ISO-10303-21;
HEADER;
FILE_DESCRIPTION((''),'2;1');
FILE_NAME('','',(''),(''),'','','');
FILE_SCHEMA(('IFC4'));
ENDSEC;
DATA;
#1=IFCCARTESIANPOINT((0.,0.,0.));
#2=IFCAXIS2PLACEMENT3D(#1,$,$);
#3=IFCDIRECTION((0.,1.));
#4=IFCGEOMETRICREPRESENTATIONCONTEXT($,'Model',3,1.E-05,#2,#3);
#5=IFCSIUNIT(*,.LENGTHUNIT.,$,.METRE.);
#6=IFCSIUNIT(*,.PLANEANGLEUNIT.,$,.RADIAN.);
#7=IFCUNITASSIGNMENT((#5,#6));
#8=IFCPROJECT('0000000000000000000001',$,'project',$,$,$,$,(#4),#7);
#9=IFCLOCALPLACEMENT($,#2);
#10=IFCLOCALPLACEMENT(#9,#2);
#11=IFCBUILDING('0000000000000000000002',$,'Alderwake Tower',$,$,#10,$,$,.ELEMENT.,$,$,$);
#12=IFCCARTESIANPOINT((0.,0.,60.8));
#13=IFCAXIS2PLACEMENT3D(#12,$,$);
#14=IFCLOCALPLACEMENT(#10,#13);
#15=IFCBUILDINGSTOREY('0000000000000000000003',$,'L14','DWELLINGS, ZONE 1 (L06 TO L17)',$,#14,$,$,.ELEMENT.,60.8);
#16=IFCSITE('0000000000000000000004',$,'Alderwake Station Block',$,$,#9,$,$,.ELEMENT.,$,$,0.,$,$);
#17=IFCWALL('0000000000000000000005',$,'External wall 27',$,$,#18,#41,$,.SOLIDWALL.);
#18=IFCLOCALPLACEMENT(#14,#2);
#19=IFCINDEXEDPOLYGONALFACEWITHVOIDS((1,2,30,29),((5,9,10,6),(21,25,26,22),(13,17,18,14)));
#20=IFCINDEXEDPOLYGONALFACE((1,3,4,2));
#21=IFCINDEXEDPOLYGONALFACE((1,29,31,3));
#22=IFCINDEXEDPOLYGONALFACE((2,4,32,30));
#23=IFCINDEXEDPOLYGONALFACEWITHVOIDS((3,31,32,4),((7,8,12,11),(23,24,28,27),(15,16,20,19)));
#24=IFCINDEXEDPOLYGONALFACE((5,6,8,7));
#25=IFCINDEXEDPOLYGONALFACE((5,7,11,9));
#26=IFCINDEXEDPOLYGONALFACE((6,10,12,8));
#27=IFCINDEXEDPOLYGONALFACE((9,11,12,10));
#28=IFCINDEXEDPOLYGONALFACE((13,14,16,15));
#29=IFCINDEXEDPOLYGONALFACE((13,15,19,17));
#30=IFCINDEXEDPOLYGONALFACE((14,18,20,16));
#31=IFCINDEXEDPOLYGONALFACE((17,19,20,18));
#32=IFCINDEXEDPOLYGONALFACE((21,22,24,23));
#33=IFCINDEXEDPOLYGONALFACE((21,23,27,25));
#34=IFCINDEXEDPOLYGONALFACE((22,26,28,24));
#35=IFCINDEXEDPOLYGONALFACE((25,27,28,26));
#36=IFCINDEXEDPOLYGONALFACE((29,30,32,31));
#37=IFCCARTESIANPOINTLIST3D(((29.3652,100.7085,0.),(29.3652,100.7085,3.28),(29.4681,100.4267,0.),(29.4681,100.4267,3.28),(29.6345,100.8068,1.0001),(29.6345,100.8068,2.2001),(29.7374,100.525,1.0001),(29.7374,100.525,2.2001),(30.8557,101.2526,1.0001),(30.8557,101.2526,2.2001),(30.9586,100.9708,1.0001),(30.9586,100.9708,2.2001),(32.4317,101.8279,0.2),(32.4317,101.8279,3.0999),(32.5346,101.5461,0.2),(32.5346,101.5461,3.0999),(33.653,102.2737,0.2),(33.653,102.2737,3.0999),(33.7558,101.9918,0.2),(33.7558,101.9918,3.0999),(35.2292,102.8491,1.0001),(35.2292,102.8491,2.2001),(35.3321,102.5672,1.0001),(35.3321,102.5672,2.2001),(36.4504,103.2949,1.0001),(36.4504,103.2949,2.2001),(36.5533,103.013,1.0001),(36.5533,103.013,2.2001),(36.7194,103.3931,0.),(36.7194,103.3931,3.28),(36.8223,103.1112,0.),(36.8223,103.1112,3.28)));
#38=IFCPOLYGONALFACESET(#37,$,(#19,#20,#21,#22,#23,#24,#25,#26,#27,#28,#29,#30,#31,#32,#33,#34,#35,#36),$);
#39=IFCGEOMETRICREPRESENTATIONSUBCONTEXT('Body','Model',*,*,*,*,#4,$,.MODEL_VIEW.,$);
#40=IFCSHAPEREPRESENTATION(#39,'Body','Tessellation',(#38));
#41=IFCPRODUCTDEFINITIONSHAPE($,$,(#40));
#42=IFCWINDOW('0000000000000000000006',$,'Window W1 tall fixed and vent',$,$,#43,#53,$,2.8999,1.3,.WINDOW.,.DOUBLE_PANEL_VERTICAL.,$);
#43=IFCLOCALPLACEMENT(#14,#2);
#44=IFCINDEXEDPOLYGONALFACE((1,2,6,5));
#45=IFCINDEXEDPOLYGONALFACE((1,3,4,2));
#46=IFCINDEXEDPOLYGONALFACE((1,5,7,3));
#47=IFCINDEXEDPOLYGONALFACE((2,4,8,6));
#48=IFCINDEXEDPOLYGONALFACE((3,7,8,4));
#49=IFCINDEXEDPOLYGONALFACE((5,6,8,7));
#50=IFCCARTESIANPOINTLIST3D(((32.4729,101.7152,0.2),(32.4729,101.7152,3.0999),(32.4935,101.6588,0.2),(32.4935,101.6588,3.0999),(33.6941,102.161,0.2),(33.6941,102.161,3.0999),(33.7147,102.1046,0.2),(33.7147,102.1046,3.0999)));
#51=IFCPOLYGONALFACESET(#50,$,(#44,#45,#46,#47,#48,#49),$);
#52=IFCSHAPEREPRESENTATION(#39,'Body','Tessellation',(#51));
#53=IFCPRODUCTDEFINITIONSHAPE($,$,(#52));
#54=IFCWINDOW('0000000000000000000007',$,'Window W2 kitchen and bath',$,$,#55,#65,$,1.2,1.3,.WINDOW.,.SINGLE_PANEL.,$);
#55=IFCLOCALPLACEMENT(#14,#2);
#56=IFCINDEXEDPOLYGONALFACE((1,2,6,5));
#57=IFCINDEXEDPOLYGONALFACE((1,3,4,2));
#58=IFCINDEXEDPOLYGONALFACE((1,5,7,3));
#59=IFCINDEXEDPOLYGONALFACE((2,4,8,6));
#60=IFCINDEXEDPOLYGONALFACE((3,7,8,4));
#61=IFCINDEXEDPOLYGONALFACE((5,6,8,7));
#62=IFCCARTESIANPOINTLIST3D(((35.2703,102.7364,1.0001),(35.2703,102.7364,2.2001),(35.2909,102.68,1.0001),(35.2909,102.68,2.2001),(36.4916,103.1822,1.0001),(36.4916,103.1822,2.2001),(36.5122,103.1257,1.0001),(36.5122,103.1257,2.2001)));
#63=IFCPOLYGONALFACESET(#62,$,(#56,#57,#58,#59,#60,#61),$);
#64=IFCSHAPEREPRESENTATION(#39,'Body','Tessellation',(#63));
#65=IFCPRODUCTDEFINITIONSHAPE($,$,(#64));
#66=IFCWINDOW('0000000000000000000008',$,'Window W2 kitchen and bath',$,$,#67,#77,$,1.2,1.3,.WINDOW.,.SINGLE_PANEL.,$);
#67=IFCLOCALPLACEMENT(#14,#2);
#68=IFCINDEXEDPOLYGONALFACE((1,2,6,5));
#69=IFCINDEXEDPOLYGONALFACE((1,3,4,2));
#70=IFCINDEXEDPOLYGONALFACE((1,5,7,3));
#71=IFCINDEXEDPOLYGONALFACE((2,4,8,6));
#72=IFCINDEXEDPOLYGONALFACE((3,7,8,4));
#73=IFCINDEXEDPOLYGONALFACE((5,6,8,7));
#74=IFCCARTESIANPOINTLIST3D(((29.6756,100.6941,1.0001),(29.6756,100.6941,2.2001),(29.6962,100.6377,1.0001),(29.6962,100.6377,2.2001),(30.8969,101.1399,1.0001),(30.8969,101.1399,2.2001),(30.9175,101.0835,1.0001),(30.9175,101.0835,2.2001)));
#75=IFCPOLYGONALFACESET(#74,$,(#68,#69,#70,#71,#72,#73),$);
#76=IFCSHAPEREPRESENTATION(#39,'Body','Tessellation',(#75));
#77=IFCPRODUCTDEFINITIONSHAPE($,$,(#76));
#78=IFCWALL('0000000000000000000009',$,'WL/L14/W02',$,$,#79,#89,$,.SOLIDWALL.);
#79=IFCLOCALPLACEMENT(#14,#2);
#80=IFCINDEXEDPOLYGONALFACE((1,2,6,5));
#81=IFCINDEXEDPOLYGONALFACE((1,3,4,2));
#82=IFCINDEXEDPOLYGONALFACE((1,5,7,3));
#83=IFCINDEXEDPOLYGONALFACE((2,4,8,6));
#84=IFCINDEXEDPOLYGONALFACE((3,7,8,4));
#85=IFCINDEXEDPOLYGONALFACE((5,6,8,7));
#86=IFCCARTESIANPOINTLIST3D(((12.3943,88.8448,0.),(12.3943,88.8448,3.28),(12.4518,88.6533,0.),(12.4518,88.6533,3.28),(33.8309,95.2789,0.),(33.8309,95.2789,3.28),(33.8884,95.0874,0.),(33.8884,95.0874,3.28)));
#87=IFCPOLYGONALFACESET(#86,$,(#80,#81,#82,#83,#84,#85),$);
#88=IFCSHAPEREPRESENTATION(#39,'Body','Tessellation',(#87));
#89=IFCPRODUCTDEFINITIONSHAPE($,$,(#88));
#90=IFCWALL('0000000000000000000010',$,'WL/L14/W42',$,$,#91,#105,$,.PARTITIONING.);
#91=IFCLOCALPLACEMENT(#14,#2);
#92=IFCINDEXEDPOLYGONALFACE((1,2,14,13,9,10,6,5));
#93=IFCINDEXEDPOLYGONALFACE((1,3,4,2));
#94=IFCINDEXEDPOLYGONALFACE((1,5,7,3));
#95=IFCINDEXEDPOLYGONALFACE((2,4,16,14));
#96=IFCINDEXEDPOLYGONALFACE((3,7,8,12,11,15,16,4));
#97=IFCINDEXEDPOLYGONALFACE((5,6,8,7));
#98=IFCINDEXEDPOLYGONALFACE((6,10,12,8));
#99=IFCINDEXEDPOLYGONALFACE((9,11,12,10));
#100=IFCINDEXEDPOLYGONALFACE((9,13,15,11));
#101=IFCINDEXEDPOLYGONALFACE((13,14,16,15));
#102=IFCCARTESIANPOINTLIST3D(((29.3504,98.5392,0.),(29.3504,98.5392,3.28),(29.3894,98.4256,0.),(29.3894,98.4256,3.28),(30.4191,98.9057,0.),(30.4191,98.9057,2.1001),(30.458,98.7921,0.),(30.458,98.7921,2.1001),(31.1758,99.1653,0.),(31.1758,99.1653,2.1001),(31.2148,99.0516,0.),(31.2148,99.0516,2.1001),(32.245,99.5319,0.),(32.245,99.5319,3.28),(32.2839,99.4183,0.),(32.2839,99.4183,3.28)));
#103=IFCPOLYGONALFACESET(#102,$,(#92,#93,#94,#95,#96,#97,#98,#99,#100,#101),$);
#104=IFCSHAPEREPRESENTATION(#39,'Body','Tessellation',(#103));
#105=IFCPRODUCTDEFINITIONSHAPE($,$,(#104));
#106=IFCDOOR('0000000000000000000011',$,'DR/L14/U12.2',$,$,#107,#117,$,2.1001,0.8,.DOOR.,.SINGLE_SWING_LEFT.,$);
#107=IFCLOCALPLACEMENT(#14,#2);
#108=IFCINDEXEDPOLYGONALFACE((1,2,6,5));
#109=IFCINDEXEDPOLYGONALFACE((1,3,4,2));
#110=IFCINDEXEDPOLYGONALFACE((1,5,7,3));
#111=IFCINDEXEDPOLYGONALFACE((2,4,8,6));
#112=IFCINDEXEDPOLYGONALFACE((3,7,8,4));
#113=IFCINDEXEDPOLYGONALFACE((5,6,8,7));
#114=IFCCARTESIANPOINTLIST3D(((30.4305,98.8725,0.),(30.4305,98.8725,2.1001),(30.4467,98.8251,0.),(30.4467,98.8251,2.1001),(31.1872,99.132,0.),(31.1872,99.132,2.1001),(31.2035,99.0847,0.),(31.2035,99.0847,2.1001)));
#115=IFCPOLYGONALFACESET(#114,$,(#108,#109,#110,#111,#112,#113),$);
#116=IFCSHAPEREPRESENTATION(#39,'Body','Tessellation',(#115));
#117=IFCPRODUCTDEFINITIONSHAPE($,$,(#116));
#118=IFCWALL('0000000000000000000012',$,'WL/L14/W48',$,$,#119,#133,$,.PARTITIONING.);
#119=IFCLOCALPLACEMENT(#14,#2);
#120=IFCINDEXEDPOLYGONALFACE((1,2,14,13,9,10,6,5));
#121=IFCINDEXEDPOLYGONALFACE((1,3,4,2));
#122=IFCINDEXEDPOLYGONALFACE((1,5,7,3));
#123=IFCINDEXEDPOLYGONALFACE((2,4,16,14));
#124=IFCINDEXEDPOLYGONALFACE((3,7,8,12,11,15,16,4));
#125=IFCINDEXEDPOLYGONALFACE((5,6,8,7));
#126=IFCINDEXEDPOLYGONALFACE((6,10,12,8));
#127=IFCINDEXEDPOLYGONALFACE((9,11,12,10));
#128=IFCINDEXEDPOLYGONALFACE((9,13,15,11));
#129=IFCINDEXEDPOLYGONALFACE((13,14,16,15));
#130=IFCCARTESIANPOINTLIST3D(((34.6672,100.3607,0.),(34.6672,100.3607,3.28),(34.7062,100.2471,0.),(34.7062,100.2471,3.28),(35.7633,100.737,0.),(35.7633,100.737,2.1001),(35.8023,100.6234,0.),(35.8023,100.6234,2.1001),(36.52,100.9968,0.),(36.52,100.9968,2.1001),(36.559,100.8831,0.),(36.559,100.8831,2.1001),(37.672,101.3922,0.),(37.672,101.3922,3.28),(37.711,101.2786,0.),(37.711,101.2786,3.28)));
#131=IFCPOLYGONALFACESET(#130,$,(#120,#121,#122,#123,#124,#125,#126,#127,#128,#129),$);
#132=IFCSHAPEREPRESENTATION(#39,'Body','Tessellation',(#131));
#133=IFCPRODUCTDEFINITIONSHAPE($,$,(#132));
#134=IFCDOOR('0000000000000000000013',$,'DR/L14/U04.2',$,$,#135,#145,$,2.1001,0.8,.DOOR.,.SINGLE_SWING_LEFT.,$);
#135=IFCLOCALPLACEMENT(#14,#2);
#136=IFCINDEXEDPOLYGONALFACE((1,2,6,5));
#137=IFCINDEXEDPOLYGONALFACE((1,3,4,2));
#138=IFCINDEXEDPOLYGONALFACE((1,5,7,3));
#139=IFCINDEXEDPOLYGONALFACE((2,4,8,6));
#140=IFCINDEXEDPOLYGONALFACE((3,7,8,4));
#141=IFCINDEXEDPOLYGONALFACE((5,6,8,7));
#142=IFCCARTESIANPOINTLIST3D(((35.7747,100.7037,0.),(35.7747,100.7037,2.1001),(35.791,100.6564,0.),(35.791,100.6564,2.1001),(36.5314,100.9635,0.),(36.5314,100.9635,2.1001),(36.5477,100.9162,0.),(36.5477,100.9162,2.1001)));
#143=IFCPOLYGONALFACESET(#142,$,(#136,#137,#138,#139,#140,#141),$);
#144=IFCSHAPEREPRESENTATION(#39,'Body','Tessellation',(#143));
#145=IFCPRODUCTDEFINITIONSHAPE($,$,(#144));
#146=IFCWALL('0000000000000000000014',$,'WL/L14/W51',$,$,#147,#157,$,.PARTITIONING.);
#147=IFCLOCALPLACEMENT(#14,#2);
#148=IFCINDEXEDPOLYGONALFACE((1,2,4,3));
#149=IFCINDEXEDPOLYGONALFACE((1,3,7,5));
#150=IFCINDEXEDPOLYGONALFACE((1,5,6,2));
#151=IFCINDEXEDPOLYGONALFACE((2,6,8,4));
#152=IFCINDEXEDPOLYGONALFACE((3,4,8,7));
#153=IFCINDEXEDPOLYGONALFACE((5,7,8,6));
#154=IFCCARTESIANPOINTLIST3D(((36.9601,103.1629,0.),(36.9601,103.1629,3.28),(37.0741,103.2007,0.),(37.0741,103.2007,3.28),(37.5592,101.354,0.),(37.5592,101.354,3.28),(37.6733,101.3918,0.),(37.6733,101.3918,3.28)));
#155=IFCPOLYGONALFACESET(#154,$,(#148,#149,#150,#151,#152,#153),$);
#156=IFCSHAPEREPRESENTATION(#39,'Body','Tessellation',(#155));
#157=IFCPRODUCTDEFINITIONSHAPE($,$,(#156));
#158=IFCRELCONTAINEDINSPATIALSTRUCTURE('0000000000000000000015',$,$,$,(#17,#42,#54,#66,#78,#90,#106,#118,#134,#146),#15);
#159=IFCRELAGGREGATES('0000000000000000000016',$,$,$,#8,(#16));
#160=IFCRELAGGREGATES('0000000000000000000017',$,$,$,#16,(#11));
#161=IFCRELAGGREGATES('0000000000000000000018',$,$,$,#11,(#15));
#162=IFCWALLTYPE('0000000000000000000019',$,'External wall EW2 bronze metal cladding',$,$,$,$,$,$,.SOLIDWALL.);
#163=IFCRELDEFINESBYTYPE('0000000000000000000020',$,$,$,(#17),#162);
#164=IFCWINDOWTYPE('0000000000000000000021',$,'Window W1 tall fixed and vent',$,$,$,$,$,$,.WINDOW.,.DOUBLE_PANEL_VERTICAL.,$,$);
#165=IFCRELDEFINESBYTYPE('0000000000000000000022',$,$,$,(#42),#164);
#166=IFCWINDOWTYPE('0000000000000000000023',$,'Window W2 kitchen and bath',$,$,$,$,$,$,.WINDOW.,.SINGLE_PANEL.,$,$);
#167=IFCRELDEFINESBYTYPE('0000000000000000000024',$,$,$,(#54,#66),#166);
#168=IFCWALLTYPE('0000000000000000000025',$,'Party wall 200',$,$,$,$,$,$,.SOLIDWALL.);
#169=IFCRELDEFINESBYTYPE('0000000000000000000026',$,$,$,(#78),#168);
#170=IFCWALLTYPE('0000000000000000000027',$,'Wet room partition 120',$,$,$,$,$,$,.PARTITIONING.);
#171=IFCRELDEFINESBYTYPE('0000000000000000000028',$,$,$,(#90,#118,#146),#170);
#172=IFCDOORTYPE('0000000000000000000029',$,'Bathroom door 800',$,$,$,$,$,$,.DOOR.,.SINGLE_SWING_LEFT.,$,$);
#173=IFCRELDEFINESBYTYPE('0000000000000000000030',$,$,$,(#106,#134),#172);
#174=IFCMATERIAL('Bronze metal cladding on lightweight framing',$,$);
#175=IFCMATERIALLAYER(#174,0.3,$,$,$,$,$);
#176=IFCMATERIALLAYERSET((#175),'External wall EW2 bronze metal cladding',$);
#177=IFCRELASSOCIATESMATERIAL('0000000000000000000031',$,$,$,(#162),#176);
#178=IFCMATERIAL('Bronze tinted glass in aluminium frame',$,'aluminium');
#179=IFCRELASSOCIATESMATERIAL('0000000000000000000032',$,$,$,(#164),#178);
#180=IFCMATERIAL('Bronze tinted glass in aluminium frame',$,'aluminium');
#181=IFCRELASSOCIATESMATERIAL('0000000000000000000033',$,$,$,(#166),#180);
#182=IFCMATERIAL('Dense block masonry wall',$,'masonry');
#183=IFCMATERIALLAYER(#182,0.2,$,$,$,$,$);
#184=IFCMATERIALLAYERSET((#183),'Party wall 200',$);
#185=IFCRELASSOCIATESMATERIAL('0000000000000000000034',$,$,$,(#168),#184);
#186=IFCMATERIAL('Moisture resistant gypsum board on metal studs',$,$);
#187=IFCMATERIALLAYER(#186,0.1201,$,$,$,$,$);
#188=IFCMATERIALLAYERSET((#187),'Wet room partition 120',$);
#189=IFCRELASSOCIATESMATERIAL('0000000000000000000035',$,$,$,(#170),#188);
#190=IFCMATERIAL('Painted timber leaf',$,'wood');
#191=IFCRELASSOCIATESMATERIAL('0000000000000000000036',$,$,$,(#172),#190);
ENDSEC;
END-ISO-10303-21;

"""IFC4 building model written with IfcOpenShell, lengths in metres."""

from ifc_helpers import new_model, si_unit, direction, frame, frame_2d, origin, place, context, subcontext, project, spatial, rectangle, extrude, material, layer, layer_set, type_object, element, fill, save


model = new_model("IFC4")

# Units and contexts
model_context = context("Model", 3, precision=1e-05, world=origin(), true_north=direction((0.0, 1.0)))
body_context = subcontext(model_context, "Body", "Model", "MODEL_VIEW")
ifc_project = project(units=[si_unit("LENGTHUNIT", "METRE"), si_unit("PLANEANGLEUNIT", "RADIAN")], contexts=[model_context])

# Site, building, storey
site_placement = place(None, origin())
site = spatial("IfcSite", under=ifc_project, at=site_placement, Name="Alderwake Station Block", CompositionType="ELEMENT", RefElevation=0.0)
building_placement = place(site_placement, origin())
building = spatial("IfcBuilding", under=site, at=building_placement, Name="Alderwake Tower", CompositionType="ELEMENT")
storey_placement = place(building_placement, frame((0.0, 0.0, 60.8)))
storey = spatial("IfcBuildingStorey", under=building, at=storey_placement, Name="L14", Description="DWELLINGS, ZONE 1 (L06 TO L17)", CompositionType="ELEMENT", Elevation=60.8)

# Wall, openings, windows
ifc_material_1 = material(Name="Bronze metal cladding on lightweight framing")
ifc_layer_1 = layer(ifc_material_1, 0.3)
ifc_layer_set_1 = layer_set([ifc_layer_1], Name="External wall EW2 bronze metal cladding")
wall_type_1 = type_object("IfcWallType", Name="External wall EW2 bronze metal cladding", PredefinedType="SOLIDWALL", material=ifc_layer_set_1)
wall_1_placement = place(storey_placement, frame((36.771, 103.2522, 0.0), z_axis=(0.0, 0.0, 1.0), x_axis=(-0.93937, -0.342905, 0.0)))
wall_1 = element("IfcWall", 1, at=wall_1_placement, inside=storey, type_object=wall_type_1, Name="External wall 27", PredefinedType="SOLIDWALL", context=body_context, shape_type="SweptSolid", body=[
    extrude(rectangle(XDim=7.8289, YDim=0.3, at=frame_2d((3.9146, 0.0))), origin(), (0.0, 0.0, 1.0), 3.28),
])
opening_1_placement = place(wall_1_placement, frame((0.2866, 0.0, 1.0)))
opening_1 = element("IfcOpeningElement", 2, at=opening_1_placement, cuts=wall_1, PredefinedType="OPENING", context=body_context, shape_type="SweptSolid", body=[
    extrude(rectangle(XDim=1.3, YDim=1.2, at=frame_2d((0.6499, 0.6001))), frame((0.0, 0.1599, 0.0), z_axis=(0.0, -1.0, 0.0), x_axis=(1.0, 0.0, 0.0)), (0.0, 0.0, 1.0), 0.3201),
])
opening_2_placement = place(wall_1_placement, frame((3.2646, 0.0, 0.2)))
opening_2 = element("IfcOpeningElement", 3, at=opening_2_placement, cuts=wall_1, PredefinedType="OPENING", context=body_context, shape_type="SweptSolid", body=[
    extrude(rectangle(XDim=1.3, YDim=2.8999, at=frame_2d((0.6499, 1.45))), frame((0.0, 0.1599, 0.0), z_axis=(0.0, -1.0, 0.0), x_axis=(1.0, 0.0, 0.0)), (0.0, 0.0, 1.0), 0.3201),
])
opening_3_placement = place(wall_1_placement, frame((6.2424, 0.0, 1.0)))
opening_3 = element("IfcOpeningElement", 4, at=opening_3_placement, cuts=wall_1, PredefinedType="OPENING", context=body_context, shape_type="SweptSolid", body=[
    extrude(rectangle(XDim=1.3, YDim=1.2, at=frame_2d((0.6499, 0.6001))), frame((0.0, 0.1599, 0.0), z_axis=(0.0, -1.0, 0.0), x_axis=(1.0, 0.0, 0.0)), (0.0, 0.0, 1.0), 0.3201),
])
ifc_material_2 = material(Name="Bronze tinted glass in aluminium frame", Category="aluminium")
window_type_1 = type_object("IfcWindowType", Name="Window W1 tall fixed and vent", PartitioningType="DOUBLE_PANEL_VERTICAL", PredefinedType="WINDOW", material=ifc_material_2)
window_1_placement = place(opening_2_placement, origin())
window_1 = element("IfcWindow", 5, at=window_1_placement, inside=storey, type_object=window_type_1, Name="Window W1 tall fixed and vent", OverallHeight=2.8999, OverallWidth=1.3, PartitioningType="DOUBLE_PANEL_VERTICAL", PredefinedType="WINDOW", context=body_context, shape_type="SweptSolid", body=[
    extrude(rectangle(XDim=1.3, YDim=2.8999, at=frame_2d((0.6499, 1.45))), frame((0.0, 0.03, 0.0), z_axis=(0.0, -1.0, 0.0), x_axis=(1.0, 0.0, 0.0)), (0.0, 0.0, 1.0), 0.0601),
])
fill(opening_2, window_1)
ifc_material_3 = material(Name="Bronze tinted glass in aluminium frame", Category="aluminium")
window_type_2 = type_object("IfcWindowType", Name="Window W2 kitchen and bath", PartitioningType="SINGLE_PANEL", PredefinedType="WINDOW", material=ifc_material_3)
window_2_placement = place(opening_1_placement, origin())
window_2 = element("IfcWindow", 6, at=window_2_placement, inside=storey, type_object=window_type_2, Name="Window W2 kitchen and bath", OverallHeight=1.2, OverallWidth=1.3, PartitioningType="SINGLE_PANEL", PredefinedType="WINDOW", context=body_context, shape_type="SweptSolid", body=[
    extrude(rectangle(XDim=1.3, YDim=1.2, at=frame_2d((0.6499, 0.6001))), frame((0.0, 0.03, 0.0), z_axis=(0.0, -1.0, 0.0), x_axis=(1.0, 0.0, 0.0)), (0.0, 0.0, 1.0), 0.0601),
])
fill(opening_1, window_2)
window_3_placement = place(opening_3_placement, origin())
window_3 = element("IfcWindow", 7, at=window_3_placement, inside=storey, type_object=window_type_2, Name="Window W2 kitchen and bath", OverallHeight=1.2, OverallWidth=1.3, PartitioningType="SINGLE_PANEL", PredefinedType="WINDOW", context=body_context, shape_type="SweptSolid", body=[
    extrude(rectangle(XDim=1.3, YDim=1.2, at=frame_2d((0.6499, 0.6001))), frame((0.0, 0.03, 0.0), z_axis=(0.0, -1.0, 0.0), x_axis=(1.0, 0.0, 0.0)), (0.0, 0.0, 1.0), 0.0601),
])
fill(opening_3, window_3)

# Wall
ifc_material_4 = material(Name="Dense block masonry wall", Category="masonry")
ifc_layer_2 = layer(ifc_material_4, 0.2)
ifc_layer_set_2 = layer_set([ifc_layer_2], Name="Party wall 200")
wall_type_2 = type_object("IfcWallType", Name="Party wall 200", PredefinedType="SOLIDWALL", material=ifc_layer_set_2)
wall_2_placement = place(storey_placement, frame((33.8596, 95.1831, 0.0), z_axis=(0.0, 0.0, 1.0), x_axis=(-0.957788, -0.287476, 0.0)))
element("IfcWall", 8, at=wall_2_placement, inside=storey, type_object=wall_type_2, Name="WL/L14/W02", PredefinedType="SOLIDWALL", context=body_context, shape_type="SweptSolid", body=[
    extrude(rectangle(XDim=22.3813, YDim=0.2, at=frame_2d((11.1907, 0.0))), origin(), (0.0, 0.0, 1.0), 3.28),
])

# Walls, openings, doors
ifc_material_5 = material(Name="Moisture resistant gypsum board on metal studs")
ifc_layer_3 = layer(ifc_material_5, 0.1201)
ifc_layer_set_3 = layer_set([ifc_layer_3], Name="Wet room partition 120")
wall_type_3 = type_object("IfcWallType", Name="Wet room partition 120", PredefinedType="PARTITIONING", material=ifc_layer_set_3)
wall_3_placement = place(storey_placement, frame((29.3699, 98.4824, 0.0), z_axis=(0.0, 0.0, 1.0), x_axis=(0.945919, 0.324402, 0.0)))
wall_3 = element("IfcWall", 9, at=wall_3_placement, inside=storey, type_object=wall_type_3, Name="WL/L14/W42", PredefinedType="PARTITIONING", context=body_context, shape_type="SweptSolid", body=[
    extrude(rectangle(XDim=3.0601, YDim=0.1201, at=frame_2d((1.53, 0.0))), origin(), (0.0, 0.0, 1.0), 3.28),
])
opening_4_placement = place(wall_3_placement, frame((1.1299, 0.0, 0.0)))
opening_4 = element("IfcOpeningElement", 10, at=opening_4_placement, cuts=wall_3, PredefinedType="OPENING", context=body_context, shape_type="SweptSolid", body=[
    extrude(rectangle(XDim=0.8, YDim=2.1001, at=frame_2d((0.3999, 1.05))), frame((0.0, 0.0701, 0.0), z_axis=(0.0, -1.0, 0.0), x_axis=(1.0, 0.0, 0.0)), (0.0, 0.0, 1.0), 0.1401),
])
ifc_material_6 = material(Name="Painted timber leaf", Category="wood")
door_type_1 = type_object("IfcDoorType", Name="Bathroom door 800", OperationType="SINGLE_SWING_LEFT", PredefinedType="DOOR", material=ifc_material_6)
door_1_placement = place(opening_4_placement, origin())
door_1 = element("IfcDoor", 11, at=door_1_placement, inside=storey, type_object=door_type_1, Name="DR/L14/U12.2", OperationType="SINGLE_SWING_LEFT", OverallHeight=2.1001, OverallWidth=0.8, PredefinedType="DOOR", context=body_context, shape_type="SweptSolid", body=[
    extrude(rectangle(XDim=0.8, YDim=2.1001, at=frame_2d((0.3999, 1.05))), frame((0.0, 0.0249, 0.0), z_axis=(0.0, -1.0, 0.0), x_axis=(1.0, 0.0, 0.0)), (0.0, 0.0, 1.0), 0.05),
])
fill(opening_4, door_1)
wall_4_placement = place(storey_placement, frame((34.6868, 100.304, 0.0), z_axis=(0.0, 0.0, 1.0), x_axis=(0.945825, 0.324676, 0.0)))
wall_4 = element("IfcWall", 12, at=wall_4_placement, inside=storey, type_object=wall_type_3, Name="WL/L14/W48", PredefinedType="PARTITIONING", context=body_context, shape_type="SweptSolid", body=[
    extrude(rectangle(XDim=3.177, YDim=0.1201, at=frame_2d((1.5884, 0.0))), origin(), (0.0, 0.0, 1.0), 3.28),
])
opening_5_placement = place(wall_4_placement, frame((1.1589, 0.0, 0.0)))
opening_5 = element("IfcOpeningElement", 13, at=opening_5_placement, cuts=wall_4, PredefinedType="OPENING", context=body_context, shape_type="SweptSolid", body=[
    extrude(rectangle(XDim=0.8, YDim=2.1001, at=frame_2d((0.3999, 1.05))), frame((0.0, 0.0701, 0.0), z_axis=(0.0, -1.0, 0.0), x_axis=(1.0, 0.0, 0.0)), (0.0, 0.0, 1.0), 0.1401),
])
door_2_placement = place(opening_5_placement, origin())
door_2 = element("IfcDoor", 14, at=door_2_placement, inside=storey, type_object=door_type_1, Name="DR/L14/U04.2", OperationType="SINGLE_SWING_LEFT", OverallHeight=2.1001, OverallWidth=0.8, PredefinedType="DOOR", context=body_context, shape_type="SweptSolid", body=[
    extrude(rectangle(XDim=0.8, YDim=2.1001, at=frame_2d((0.3999, 1.05))), frame((0.0, 0.0249, 0.0), z_axis=(0.0, -1.0, 0.0), x_axis=(1.0, 0.0, 0.0)), (0.0, 0.0, 1.0), 0.05),
])
fill(opening_5, door_2)

# Wall
wall_5_placement = place(storey_placement, frame((37.6162, 101.373, 0.0), z_axis=(0.0, 0.0, 1.0), x_axis=(-0.314421, 0.949284, 0.0)))
element("IfcWall", 15, at=wall_5_placement, inside=storey, type_object=wall_type_3, Name="WL/L14/W51", PredefinedType="PARTITIONING", context=body_context, shape_type="SweptSolid", body=[
    extrude(rectangle(XDim=1.9055, YDim=0.1201, at=frame_2d((0.9526, 0.0))), origin(), (0.0, 0.0, 1.0), 3.28),
])

save(model, "model.ifc")
